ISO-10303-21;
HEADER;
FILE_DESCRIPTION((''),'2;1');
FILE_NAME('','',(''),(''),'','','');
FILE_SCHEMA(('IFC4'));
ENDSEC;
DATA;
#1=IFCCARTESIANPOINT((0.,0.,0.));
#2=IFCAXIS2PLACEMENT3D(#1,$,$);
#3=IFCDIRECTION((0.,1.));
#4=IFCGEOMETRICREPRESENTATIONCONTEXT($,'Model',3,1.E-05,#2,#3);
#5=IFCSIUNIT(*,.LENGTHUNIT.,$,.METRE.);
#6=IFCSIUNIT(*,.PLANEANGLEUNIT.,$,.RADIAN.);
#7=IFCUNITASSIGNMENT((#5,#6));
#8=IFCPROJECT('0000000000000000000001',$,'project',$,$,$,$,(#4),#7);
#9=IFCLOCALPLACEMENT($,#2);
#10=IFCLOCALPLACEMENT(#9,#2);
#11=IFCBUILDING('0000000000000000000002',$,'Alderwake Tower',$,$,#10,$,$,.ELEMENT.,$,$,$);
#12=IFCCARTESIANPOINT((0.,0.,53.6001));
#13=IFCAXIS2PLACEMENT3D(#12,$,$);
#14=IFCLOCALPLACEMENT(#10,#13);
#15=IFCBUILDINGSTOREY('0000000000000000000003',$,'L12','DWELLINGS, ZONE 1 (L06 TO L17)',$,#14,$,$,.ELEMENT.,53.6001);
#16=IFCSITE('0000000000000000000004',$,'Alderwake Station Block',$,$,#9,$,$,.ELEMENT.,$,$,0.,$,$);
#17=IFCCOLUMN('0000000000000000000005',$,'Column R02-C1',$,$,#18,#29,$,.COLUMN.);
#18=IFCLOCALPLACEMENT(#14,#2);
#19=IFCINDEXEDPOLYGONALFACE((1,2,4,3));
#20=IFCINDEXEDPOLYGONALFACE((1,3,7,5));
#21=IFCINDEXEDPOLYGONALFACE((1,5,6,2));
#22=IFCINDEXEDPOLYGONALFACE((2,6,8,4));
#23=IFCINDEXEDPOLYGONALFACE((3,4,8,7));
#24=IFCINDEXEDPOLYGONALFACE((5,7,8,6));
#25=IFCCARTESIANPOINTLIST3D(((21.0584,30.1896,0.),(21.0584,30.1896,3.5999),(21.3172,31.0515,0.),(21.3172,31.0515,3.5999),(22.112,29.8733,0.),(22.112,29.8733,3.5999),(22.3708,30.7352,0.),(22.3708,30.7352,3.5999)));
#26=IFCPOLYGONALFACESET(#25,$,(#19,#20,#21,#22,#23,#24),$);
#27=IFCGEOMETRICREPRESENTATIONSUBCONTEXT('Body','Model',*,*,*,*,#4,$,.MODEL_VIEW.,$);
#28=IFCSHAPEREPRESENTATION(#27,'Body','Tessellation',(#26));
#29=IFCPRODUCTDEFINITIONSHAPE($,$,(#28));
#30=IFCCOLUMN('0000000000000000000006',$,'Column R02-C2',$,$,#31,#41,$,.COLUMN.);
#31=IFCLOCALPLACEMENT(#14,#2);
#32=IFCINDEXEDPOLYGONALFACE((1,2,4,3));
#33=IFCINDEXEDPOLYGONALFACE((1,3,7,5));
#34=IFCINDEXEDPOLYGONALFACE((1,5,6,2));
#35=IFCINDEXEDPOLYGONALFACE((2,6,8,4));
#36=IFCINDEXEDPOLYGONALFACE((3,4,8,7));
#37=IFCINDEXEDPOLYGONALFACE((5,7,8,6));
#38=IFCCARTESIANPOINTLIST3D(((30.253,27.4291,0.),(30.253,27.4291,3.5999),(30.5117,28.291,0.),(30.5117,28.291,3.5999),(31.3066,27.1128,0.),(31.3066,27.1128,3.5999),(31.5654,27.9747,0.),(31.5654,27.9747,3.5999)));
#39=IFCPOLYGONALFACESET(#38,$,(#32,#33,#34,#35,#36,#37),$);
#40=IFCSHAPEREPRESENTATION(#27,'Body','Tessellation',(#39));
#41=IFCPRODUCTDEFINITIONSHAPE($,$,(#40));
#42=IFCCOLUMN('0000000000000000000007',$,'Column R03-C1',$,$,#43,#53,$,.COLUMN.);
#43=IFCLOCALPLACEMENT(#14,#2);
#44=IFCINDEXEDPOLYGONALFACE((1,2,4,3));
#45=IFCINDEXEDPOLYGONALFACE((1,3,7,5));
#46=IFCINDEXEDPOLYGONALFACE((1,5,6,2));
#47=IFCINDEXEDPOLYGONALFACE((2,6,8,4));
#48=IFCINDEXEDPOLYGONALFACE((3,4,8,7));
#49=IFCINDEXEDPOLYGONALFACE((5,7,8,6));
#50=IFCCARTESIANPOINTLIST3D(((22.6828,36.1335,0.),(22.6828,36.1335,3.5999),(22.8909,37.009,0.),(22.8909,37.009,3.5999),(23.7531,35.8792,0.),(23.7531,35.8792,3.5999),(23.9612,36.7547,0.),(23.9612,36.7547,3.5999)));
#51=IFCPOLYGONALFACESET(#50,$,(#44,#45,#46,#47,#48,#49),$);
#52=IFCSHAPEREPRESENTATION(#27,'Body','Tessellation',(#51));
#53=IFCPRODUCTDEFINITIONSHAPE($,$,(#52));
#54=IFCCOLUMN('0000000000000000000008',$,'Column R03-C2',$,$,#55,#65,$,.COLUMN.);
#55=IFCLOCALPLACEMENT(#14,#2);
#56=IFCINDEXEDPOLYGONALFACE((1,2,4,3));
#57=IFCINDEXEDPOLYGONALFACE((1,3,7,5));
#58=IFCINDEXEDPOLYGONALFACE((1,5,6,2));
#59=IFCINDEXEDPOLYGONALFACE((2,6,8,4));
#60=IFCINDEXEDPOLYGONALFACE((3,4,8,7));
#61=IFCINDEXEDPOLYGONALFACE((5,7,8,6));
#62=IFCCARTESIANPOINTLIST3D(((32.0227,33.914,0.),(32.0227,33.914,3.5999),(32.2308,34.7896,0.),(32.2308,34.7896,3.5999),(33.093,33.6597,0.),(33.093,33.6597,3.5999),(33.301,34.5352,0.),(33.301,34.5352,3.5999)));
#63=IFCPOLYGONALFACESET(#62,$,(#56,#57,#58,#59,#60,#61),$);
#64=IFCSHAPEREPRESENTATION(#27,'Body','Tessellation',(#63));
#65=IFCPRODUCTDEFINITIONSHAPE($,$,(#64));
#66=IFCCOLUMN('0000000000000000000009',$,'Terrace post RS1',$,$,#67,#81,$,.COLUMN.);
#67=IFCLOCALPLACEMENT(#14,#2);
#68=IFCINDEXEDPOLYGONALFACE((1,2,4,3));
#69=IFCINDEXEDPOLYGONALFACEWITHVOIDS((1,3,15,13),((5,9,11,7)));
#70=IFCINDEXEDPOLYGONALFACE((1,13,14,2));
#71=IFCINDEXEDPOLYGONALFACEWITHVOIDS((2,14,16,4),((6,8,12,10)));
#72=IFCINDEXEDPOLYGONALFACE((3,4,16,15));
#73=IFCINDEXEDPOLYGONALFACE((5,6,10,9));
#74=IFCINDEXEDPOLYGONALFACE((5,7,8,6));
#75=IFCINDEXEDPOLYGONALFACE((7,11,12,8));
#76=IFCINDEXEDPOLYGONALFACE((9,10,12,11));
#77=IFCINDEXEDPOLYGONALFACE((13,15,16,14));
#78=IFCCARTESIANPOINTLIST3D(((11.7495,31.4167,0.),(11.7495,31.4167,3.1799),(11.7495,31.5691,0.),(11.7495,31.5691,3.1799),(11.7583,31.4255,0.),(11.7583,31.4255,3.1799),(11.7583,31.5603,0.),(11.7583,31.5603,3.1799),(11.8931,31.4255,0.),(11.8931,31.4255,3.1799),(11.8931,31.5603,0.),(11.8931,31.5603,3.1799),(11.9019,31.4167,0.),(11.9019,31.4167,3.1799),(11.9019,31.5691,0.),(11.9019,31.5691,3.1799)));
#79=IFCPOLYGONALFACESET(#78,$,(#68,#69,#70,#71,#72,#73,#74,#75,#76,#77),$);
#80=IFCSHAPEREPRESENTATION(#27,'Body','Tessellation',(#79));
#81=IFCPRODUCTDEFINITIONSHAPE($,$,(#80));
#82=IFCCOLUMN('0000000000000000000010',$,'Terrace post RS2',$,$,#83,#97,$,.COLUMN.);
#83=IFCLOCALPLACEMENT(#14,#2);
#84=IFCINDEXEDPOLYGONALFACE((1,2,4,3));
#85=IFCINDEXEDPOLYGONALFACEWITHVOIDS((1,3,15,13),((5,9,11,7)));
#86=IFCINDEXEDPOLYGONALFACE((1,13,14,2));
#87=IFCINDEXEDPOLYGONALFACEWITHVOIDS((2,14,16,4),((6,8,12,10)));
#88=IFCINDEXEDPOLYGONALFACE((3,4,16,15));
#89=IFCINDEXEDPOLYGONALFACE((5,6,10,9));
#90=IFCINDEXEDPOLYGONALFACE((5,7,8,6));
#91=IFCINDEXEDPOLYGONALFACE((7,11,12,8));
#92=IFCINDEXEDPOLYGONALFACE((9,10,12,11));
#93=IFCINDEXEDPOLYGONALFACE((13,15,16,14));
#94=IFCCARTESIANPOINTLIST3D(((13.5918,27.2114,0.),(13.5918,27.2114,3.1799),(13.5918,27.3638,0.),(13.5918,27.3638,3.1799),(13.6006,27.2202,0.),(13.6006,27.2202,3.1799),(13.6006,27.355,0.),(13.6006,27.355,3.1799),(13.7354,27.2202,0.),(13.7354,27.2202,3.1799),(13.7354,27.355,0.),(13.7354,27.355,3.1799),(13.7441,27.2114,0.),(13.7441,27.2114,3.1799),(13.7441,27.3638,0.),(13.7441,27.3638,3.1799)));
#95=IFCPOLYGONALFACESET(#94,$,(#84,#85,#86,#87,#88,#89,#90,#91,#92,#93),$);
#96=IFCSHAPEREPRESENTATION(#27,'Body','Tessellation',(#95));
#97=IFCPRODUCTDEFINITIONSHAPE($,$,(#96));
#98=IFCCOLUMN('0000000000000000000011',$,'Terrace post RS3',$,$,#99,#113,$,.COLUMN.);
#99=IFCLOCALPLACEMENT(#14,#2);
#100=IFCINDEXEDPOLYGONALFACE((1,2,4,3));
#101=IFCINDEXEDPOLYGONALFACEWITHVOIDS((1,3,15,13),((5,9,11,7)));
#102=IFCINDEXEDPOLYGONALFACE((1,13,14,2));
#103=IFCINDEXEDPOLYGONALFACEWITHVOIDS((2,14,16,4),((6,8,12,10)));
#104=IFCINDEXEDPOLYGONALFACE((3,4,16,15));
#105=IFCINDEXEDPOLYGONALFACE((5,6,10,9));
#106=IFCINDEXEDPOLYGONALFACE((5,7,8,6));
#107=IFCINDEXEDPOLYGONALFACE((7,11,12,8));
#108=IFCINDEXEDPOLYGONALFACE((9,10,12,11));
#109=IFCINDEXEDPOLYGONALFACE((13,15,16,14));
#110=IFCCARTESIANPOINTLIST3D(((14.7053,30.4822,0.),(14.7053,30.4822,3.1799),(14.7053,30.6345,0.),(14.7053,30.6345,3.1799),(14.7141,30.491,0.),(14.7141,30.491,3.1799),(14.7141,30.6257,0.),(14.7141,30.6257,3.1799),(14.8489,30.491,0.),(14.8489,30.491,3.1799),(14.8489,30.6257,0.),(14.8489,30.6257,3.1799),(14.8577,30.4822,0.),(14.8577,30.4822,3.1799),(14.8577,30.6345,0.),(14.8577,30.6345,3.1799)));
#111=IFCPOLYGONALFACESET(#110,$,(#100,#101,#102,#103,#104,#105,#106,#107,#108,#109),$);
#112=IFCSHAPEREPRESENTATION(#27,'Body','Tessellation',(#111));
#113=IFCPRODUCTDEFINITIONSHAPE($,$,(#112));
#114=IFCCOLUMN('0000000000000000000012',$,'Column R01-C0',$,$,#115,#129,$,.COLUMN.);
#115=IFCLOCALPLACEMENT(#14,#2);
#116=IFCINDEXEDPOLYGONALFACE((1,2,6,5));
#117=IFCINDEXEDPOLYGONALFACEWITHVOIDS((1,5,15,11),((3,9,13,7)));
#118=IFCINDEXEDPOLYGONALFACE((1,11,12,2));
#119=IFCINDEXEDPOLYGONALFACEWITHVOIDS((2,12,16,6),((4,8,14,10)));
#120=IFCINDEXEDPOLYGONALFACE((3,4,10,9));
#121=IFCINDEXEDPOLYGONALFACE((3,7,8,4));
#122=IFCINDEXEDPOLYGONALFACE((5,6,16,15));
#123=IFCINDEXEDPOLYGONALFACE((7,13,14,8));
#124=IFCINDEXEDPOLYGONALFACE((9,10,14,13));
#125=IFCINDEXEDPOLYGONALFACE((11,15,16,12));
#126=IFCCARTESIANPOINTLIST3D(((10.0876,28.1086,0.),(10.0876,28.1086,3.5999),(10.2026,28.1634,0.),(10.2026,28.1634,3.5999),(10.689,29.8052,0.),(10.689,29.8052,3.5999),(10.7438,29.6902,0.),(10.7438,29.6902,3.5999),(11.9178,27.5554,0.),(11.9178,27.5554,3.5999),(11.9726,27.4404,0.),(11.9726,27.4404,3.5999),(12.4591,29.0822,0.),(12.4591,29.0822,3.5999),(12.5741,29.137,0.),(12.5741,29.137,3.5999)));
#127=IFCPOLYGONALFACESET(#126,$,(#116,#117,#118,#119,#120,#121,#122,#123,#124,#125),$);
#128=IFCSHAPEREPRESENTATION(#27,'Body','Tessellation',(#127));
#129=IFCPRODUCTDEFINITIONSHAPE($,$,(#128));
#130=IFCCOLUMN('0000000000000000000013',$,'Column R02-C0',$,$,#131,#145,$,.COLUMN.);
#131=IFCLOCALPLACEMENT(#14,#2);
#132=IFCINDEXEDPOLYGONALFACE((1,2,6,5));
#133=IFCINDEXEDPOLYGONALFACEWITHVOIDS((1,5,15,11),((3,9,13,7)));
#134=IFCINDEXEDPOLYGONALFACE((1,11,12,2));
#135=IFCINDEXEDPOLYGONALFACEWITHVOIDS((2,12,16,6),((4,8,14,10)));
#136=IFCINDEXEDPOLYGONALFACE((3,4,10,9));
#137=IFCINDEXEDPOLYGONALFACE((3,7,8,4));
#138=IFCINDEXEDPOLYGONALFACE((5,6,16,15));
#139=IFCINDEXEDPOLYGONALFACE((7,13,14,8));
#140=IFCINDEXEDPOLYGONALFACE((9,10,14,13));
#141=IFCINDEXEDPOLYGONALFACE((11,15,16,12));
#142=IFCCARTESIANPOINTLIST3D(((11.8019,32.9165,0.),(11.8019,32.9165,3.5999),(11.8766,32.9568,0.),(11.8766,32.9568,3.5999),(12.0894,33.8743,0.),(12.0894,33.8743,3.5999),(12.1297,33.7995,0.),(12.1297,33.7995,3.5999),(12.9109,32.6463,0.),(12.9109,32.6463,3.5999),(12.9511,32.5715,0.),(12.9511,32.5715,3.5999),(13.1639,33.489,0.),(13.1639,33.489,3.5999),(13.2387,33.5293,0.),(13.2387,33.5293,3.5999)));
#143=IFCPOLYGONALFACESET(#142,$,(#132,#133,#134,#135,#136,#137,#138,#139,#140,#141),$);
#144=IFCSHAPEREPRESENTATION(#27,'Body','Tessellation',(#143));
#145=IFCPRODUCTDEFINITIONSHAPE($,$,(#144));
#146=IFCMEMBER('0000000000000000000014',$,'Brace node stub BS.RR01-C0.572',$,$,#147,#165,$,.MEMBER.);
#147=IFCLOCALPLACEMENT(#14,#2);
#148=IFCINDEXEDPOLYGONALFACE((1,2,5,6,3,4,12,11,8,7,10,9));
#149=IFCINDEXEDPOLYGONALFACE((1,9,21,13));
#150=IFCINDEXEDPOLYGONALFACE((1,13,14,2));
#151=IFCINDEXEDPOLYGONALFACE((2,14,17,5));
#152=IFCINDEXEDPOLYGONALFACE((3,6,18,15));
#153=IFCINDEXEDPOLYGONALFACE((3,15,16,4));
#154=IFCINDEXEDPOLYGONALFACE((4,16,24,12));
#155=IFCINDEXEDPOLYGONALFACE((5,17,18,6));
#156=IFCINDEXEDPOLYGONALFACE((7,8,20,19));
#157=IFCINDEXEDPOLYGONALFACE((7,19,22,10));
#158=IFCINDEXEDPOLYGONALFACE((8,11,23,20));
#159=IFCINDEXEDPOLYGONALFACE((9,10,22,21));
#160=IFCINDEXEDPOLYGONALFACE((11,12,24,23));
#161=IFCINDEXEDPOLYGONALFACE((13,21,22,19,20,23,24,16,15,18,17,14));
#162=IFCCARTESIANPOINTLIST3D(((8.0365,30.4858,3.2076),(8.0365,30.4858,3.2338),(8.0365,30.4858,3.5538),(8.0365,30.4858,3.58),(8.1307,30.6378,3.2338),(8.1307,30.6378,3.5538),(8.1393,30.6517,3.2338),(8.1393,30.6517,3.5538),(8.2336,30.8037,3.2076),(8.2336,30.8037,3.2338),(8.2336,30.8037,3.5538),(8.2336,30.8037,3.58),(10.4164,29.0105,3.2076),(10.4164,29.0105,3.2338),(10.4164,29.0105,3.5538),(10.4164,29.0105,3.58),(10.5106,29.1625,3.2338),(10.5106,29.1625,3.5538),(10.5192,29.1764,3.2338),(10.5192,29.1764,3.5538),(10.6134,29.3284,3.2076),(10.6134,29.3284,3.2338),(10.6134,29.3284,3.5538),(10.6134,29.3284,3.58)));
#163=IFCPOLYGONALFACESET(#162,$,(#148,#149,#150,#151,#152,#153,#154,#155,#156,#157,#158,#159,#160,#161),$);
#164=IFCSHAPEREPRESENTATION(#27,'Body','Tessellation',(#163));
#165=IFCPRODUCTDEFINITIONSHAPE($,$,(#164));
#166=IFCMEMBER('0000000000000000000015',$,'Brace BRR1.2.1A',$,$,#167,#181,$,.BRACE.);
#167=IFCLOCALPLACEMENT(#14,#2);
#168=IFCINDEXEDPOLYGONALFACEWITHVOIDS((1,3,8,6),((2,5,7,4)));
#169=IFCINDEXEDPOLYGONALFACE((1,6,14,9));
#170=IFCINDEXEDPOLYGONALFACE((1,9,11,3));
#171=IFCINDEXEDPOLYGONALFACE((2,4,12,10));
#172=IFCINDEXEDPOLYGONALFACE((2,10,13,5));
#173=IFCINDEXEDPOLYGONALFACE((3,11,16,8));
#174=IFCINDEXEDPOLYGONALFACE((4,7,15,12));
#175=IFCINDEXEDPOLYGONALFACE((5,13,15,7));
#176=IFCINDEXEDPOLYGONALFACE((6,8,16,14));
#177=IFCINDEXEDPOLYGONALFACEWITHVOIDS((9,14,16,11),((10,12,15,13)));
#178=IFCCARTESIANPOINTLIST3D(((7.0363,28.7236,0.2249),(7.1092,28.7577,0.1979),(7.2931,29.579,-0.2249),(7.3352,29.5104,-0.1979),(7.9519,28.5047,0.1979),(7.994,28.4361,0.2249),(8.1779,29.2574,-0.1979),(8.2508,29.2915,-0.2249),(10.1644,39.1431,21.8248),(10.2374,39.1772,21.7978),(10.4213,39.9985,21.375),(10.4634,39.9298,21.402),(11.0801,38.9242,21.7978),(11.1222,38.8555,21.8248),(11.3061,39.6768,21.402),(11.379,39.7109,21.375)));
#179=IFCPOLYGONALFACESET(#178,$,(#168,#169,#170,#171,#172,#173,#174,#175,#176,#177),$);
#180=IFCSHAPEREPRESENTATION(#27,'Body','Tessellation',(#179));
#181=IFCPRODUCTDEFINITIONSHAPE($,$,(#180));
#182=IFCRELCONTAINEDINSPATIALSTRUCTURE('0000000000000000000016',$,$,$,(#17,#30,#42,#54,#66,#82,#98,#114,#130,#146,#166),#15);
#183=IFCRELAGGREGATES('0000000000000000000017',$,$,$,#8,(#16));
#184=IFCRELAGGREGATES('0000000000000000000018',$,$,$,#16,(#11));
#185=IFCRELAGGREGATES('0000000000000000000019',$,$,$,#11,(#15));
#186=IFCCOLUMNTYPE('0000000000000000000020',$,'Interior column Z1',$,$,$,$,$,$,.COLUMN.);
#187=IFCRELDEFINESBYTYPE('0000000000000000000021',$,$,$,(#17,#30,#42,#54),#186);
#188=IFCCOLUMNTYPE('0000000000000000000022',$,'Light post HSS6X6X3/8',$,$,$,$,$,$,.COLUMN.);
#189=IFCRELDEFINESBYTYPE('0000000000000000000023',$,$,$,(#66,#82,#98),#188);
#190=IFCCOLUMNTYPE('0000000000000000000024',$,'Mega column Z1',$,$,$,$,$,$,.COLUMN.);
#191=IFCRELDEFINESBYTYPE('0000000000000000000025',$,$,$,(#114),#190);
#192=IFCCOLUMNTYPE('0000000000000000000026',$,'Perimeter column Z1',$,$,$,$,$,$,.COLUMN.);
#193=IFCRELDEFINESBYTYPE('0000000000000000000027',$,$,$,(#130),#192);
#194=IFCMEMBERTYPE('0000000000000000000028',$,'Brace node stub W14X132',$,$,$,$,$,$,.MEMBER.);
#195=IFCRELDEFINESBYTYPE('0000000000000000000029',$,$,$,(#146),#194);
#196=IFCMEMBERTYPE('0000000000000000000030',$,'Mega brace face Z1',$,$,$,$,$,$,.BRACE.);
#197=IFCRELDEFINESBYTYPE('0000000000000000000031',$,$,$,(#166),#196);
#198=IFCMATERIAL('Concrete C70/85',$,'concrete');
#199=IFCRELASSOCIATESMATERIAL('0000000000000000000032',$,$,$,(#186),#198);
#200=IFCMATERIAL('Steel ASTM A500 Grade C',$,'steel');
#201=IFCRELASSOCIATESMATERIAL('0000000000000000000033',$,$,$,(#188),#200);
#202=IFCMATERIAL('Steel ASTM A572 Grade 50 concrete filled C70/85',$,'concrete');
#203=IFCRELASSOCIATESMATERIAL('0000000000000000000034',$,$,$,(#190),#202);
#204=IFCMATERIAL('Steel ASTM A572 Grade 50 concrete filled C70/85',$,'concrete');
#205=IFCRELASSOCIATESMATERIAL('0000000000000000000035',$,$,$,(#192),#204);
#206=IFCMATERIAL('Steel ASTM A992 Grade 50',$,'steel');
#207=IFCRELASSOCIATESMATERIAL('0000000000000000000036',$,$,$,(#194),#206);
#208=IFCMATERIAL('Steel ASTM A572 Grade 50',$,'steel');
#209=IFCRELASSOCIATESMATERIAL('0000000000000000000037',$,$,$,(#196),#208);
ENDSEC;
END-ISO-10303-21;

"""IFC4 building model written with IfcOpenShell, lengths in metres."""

from ifc_helpers import new_model, si_unit, direction, frame, origin, origin_2d, place, context, subcontext, project, spatial, rectangle, hollow_rectangle, i_section, extrude, material, material_profile, profile_set, type_object, element, save


model = new_model("IFC4")

# Units and contexts
model_context = context("Model", 3, precision=1e-05, world=origin(), true_north=direction((0.0, 1.0)))
body_context = subcontext(model_context, "Body", "Model", "MODEL_VIEW")
ifc_project = project(units=[si_unit("LENGTHUNIT", "METRE"), si_unit("PLANEANGLEUNIT", "RADIAN")], contexts=[model_context])

# Site, building, storey
site_placement = place(None, origin())
site = spatial("IfcSite", under=ifc_project, at=site_placement, Name="Alderwake Station Block", CompositionType="ELEMENT", RefElevation=0.0)
building_placement = place(site_placement, origin())
building = spatial("IfcBuilding", under=site, at=building_placement, Name="Alderwake Tower", CompositionType="ELEMENT")
storey_placement = place(building_placement, frame((0.0, 0.0, 53.6001)))
storey = spatial("IfcBuildingStorey", under=building, at=storey_placement, Name="L12", Description="DWELLINGS, ZONE 1 (L06 TO L17)", CompositionType="ELEMENT", Elevation=53.6001)

# Columns
ifc_material_1 = material(Name="Concrete C70/85", Category="concrete")
ifc_material_profile_1 = material_profile(ifc_material_1, rectangle(XDim=0.8999, YDim=1.1001, at=origin_2d()), Name="RC 1100X900")
ifc_profile_set_1 = profile_set([ifc_material_profile_1], Name="Concrete C70/85")
column_type_1 = type_object("IfcColumnType", Name="Interior column Z1", PredefinedType="COLUMN", material=ifc_profile_set_1)
for number, where, z_axis, x_axis, name in (
    (1, (21.7146, 30.4624, 0.0), (0.0, 0.0, 1.0), (0.287549, 0.957766, 0.0), "Column R02-C1"),
    (2, (30.9092, 27.7019, 0.0), (0.0, 0.0, 1.0), (0.287549, 0.957766, 0.0), "Column R02-C2"),
    (3, (23.322, 36.4441, 0.0), (0.0, 0.0, 1.0), (0.231222, 0.972901, 0.0), "Column R03-C1"),
    (4, (32.6619, 34.2246, 0.0), (0.0, 0.0, 1.0), (0.231222, 0.972901, 0.0), "Column R03-C2"),
):
    element("IfcColumn", number, at=place(storey_placement, frame(where, z_axis=z_axis, x_axis=x_axis)), inside=storey, type_object=column_type_1, Name=name, PredefinedType="COLUMN", context=body_context, shape_type="SweptSolid", body=[
        extrude(rectangle(XDim=0.8999, YDim=1.1001, at=origin_2d()), origin(), (0.0, 0.0, 1.0), 3.5999),
    ])
ifc_material_2 = material(Name="Steel ASTM A500 Grade C", Category="steel")
ifc_material_profile_2 = material_profile(ifc_material_2, hollow_rectangle(XDim=0.1523, YDim=0.1523, WallThickness=0.0088, at=origin_2d()), Name="HSS6X6X3/8")
ifc_profile_set_2 = profile_set([ifc_material_profile_2], Name="Steel ASTM A500 Grade C")
column_type_2 = type_object("IfcColumnType", Name="Light post HSS6X6X3/8", PredefinedType="COLUMN", material=ifc_profile_set_2)
for number, where, z_axis, x_axis, name in (
    (5, (11.8257, 31.4929, 0.0), (0.0, 0.0, 1.0), (1.0, 0.0, 0.0), "Terrace post RS1"),
    (6, (13.668, 27.2876, 0.0), (0.0, 0.0, 1.0), (1.0, 0.0, 0.0), "Terrace post RS2"),
    (7, (14.7815, 30.5583, 0.0), (0.0, 0.0, 1.0), (1.0, 0.0, 0.0), "Terrace post RS3"),
):
    element("IfcColumn", number, at=place(storey_placement, frame(where, z_axis=z_axis, x_axis=x_axis)), inside=storey, type_object=column_type_2, Name=name, PredefinedType="COLUMN", context=body_context, shape_type="SweptSolid", body=[
        extrude(hollow_rectangle(XDim=0.1523, YDim=0.1523, WallThickness=0.0088, at=origin_2d()), origin(), (0.0, 0.0, 1.0), 3.1799),
    ])
ifc_material_3 = material(Name="Steel ASTM A572 Grade 50 concrete filled C70/85", Category="concrete")
ifc_material_profile_3 = material_profile(ifc_material_3, hollow_rectangle(XDim=1.8, YDim=2.0, WallThickness=0.0901, at=origin_2d()), Name="BOX 2000X1800X90")
ifc_profile_set_3 = profile_set([ifc_material_profile_3], Name="Steel ASTM A572 Grade 50 concrete filled C70/85")
column_type_3 = type_object("IfcColumnType", Name="Mega column Z1", PredefinedType="COLUMN", material=ifc_profile_set_3)
column_1_placement = place(storey_placement, frame((11.3308, 28.6228, 0.0), z_axis=(0.0, 0.0, 1.0), x_axis=(0.334131, 0.942527, 0.0)))
element("IfcColumn", 8, at=column_1_placement, inside=storey, type_object=column_type_3, Name="Column R01-C0", PredefinedType="COLUMN", context=body_context, shape_type="SweptSolid", body=[
    extrude(hollow_rectangle(XDim=1.8, YDim=2.0, WallThickness=0.0901, at=origin_2d()), origin(), (0.0, 0.0, 1.0), 3.5999),
])
ifc_material_4 = material(Name="Steel ASTM A572 Grade 50 concrete filled C70/85", Category="concrete")
ifc_material_profile_4 = material_profile(ifc_material_4, hollow_rectangle(XDim=1.0, YDim=1.2, WallThickness=0.0601, at=origin_2d()), Name="BOX 1200X1000X60")
ifc_profile_set_4 = profile_set([ifc_material_profile_4], Name="Steel ASTM A572 Grade 50 concrete filled C70/85")
column_type_4 = type_object("IfcColumnType", Name="Perimeter column Z1", PredefinedType="COLUMN", material=ifc_profile_set_4)
column_2_placement = place(storey_placement, frame((12.5203, 33.2229, 0.0), z_axis=(0.0, 0.0, 1.0), x_axis=(0.287549, 0.957766, 0.0)))
element("IfcColumn", 9, at=column_2_placement, inside=storey, type_object=column_type_4, Name="Column R02-C0", PredefinedType="COLUMN", context=body_context, shape_type="SweptSolid", body=[
    extrude(hollow_rectangle(XDim=1.0, YDim=1.2, WallThickness=0.0601, at=origin_2d()), origin(), (0.0, 0.0, 1.0), 3.5999),
])

# Members
ifc_material_5 = material(Name="Steel ASTM A992 Grade 50", Category="steel")
ifc_material_profile_5 = material_profile(ifc_material_5, i_section(OverallWidth=0.374, OverallDepth=0.3723, WebThickness=0.0164, FlangeThickness=0.0261, at=origin_2d()), Name="W14X132")
ifc_profile_set_5 = profile_set([ifc_material_profile_5], Name="Steel ASTM A992 Grade 50")
member_type_1 = type_object("IfcMemberType", Name="Brace node stub W14X132", PredefinedType="MEMBER", material=ifc_profile_set_5)
member_1_placement = place(storey_placement, frame((10.5149, 29.1694, 3.3938), z_axis=(-0.849932, 0.526892, 0.0), x_axis=(-0.526892, -0.849932, 0.0)))
element("IfcMember", 10, at=member_1_placement, inside=storey, type_object=member_type_1, Name="Brace node stub BS.RR01-C0.572", PredefinedType="MEMBER", context=body_context, shape_type="SweptSolid", body=[
    extrude(i_section(OverallWidth=0.374, OverallDepth=0.3723, WebThickness=0.0164, FlangeThickness=0.0261, at=origin_2d()), origin(), (0.0, 0.0, 1.0), 2.8),
])
ifc_material_6 = material(Name="Steel ASTM A572 Grade 50", Category="steel")
ifc_material_profile_6 = material_profile(ifc_material_6, hollow_rectangle(XDim=1.0, YDim=1.0, WallThickness=0.0601, at=origin_2d()), Name="BOX 1000X1000X60")
ifc_profile_set_6 = profile_set([ifc_material_profile_6], Name="Steel ASTM A572 Grade 50")
member_type_2 = type_object("IfcMemberType", Name="Mega brace face Z1", PredefinedType="BRACE", material=ifc_profile_set_6)
member_2_placement = place(storey_placement, frame((7.6436, 29.0076, 0.0), z_axis=(0.129345, 0.430826, 0.893118), x_axis=(-0.957767, 0.287546, 0.0)))
element("IfcMember", 11, at=member_2_placement, inside=storey, type_object=member_type_2, Name="Brace BRR1.2.1A", PredefinedType="BRACE", context=body_context, shape_type="SweptSolid", body=[
    extrude(hollow_rectangle(XDim=1.0, YDim=1.0, WallThickness=0.0601, at=origin_2d()), origin(), (0.0, 0.0, 1.0), 24.1848),
])

save(model, "model.ifc")
